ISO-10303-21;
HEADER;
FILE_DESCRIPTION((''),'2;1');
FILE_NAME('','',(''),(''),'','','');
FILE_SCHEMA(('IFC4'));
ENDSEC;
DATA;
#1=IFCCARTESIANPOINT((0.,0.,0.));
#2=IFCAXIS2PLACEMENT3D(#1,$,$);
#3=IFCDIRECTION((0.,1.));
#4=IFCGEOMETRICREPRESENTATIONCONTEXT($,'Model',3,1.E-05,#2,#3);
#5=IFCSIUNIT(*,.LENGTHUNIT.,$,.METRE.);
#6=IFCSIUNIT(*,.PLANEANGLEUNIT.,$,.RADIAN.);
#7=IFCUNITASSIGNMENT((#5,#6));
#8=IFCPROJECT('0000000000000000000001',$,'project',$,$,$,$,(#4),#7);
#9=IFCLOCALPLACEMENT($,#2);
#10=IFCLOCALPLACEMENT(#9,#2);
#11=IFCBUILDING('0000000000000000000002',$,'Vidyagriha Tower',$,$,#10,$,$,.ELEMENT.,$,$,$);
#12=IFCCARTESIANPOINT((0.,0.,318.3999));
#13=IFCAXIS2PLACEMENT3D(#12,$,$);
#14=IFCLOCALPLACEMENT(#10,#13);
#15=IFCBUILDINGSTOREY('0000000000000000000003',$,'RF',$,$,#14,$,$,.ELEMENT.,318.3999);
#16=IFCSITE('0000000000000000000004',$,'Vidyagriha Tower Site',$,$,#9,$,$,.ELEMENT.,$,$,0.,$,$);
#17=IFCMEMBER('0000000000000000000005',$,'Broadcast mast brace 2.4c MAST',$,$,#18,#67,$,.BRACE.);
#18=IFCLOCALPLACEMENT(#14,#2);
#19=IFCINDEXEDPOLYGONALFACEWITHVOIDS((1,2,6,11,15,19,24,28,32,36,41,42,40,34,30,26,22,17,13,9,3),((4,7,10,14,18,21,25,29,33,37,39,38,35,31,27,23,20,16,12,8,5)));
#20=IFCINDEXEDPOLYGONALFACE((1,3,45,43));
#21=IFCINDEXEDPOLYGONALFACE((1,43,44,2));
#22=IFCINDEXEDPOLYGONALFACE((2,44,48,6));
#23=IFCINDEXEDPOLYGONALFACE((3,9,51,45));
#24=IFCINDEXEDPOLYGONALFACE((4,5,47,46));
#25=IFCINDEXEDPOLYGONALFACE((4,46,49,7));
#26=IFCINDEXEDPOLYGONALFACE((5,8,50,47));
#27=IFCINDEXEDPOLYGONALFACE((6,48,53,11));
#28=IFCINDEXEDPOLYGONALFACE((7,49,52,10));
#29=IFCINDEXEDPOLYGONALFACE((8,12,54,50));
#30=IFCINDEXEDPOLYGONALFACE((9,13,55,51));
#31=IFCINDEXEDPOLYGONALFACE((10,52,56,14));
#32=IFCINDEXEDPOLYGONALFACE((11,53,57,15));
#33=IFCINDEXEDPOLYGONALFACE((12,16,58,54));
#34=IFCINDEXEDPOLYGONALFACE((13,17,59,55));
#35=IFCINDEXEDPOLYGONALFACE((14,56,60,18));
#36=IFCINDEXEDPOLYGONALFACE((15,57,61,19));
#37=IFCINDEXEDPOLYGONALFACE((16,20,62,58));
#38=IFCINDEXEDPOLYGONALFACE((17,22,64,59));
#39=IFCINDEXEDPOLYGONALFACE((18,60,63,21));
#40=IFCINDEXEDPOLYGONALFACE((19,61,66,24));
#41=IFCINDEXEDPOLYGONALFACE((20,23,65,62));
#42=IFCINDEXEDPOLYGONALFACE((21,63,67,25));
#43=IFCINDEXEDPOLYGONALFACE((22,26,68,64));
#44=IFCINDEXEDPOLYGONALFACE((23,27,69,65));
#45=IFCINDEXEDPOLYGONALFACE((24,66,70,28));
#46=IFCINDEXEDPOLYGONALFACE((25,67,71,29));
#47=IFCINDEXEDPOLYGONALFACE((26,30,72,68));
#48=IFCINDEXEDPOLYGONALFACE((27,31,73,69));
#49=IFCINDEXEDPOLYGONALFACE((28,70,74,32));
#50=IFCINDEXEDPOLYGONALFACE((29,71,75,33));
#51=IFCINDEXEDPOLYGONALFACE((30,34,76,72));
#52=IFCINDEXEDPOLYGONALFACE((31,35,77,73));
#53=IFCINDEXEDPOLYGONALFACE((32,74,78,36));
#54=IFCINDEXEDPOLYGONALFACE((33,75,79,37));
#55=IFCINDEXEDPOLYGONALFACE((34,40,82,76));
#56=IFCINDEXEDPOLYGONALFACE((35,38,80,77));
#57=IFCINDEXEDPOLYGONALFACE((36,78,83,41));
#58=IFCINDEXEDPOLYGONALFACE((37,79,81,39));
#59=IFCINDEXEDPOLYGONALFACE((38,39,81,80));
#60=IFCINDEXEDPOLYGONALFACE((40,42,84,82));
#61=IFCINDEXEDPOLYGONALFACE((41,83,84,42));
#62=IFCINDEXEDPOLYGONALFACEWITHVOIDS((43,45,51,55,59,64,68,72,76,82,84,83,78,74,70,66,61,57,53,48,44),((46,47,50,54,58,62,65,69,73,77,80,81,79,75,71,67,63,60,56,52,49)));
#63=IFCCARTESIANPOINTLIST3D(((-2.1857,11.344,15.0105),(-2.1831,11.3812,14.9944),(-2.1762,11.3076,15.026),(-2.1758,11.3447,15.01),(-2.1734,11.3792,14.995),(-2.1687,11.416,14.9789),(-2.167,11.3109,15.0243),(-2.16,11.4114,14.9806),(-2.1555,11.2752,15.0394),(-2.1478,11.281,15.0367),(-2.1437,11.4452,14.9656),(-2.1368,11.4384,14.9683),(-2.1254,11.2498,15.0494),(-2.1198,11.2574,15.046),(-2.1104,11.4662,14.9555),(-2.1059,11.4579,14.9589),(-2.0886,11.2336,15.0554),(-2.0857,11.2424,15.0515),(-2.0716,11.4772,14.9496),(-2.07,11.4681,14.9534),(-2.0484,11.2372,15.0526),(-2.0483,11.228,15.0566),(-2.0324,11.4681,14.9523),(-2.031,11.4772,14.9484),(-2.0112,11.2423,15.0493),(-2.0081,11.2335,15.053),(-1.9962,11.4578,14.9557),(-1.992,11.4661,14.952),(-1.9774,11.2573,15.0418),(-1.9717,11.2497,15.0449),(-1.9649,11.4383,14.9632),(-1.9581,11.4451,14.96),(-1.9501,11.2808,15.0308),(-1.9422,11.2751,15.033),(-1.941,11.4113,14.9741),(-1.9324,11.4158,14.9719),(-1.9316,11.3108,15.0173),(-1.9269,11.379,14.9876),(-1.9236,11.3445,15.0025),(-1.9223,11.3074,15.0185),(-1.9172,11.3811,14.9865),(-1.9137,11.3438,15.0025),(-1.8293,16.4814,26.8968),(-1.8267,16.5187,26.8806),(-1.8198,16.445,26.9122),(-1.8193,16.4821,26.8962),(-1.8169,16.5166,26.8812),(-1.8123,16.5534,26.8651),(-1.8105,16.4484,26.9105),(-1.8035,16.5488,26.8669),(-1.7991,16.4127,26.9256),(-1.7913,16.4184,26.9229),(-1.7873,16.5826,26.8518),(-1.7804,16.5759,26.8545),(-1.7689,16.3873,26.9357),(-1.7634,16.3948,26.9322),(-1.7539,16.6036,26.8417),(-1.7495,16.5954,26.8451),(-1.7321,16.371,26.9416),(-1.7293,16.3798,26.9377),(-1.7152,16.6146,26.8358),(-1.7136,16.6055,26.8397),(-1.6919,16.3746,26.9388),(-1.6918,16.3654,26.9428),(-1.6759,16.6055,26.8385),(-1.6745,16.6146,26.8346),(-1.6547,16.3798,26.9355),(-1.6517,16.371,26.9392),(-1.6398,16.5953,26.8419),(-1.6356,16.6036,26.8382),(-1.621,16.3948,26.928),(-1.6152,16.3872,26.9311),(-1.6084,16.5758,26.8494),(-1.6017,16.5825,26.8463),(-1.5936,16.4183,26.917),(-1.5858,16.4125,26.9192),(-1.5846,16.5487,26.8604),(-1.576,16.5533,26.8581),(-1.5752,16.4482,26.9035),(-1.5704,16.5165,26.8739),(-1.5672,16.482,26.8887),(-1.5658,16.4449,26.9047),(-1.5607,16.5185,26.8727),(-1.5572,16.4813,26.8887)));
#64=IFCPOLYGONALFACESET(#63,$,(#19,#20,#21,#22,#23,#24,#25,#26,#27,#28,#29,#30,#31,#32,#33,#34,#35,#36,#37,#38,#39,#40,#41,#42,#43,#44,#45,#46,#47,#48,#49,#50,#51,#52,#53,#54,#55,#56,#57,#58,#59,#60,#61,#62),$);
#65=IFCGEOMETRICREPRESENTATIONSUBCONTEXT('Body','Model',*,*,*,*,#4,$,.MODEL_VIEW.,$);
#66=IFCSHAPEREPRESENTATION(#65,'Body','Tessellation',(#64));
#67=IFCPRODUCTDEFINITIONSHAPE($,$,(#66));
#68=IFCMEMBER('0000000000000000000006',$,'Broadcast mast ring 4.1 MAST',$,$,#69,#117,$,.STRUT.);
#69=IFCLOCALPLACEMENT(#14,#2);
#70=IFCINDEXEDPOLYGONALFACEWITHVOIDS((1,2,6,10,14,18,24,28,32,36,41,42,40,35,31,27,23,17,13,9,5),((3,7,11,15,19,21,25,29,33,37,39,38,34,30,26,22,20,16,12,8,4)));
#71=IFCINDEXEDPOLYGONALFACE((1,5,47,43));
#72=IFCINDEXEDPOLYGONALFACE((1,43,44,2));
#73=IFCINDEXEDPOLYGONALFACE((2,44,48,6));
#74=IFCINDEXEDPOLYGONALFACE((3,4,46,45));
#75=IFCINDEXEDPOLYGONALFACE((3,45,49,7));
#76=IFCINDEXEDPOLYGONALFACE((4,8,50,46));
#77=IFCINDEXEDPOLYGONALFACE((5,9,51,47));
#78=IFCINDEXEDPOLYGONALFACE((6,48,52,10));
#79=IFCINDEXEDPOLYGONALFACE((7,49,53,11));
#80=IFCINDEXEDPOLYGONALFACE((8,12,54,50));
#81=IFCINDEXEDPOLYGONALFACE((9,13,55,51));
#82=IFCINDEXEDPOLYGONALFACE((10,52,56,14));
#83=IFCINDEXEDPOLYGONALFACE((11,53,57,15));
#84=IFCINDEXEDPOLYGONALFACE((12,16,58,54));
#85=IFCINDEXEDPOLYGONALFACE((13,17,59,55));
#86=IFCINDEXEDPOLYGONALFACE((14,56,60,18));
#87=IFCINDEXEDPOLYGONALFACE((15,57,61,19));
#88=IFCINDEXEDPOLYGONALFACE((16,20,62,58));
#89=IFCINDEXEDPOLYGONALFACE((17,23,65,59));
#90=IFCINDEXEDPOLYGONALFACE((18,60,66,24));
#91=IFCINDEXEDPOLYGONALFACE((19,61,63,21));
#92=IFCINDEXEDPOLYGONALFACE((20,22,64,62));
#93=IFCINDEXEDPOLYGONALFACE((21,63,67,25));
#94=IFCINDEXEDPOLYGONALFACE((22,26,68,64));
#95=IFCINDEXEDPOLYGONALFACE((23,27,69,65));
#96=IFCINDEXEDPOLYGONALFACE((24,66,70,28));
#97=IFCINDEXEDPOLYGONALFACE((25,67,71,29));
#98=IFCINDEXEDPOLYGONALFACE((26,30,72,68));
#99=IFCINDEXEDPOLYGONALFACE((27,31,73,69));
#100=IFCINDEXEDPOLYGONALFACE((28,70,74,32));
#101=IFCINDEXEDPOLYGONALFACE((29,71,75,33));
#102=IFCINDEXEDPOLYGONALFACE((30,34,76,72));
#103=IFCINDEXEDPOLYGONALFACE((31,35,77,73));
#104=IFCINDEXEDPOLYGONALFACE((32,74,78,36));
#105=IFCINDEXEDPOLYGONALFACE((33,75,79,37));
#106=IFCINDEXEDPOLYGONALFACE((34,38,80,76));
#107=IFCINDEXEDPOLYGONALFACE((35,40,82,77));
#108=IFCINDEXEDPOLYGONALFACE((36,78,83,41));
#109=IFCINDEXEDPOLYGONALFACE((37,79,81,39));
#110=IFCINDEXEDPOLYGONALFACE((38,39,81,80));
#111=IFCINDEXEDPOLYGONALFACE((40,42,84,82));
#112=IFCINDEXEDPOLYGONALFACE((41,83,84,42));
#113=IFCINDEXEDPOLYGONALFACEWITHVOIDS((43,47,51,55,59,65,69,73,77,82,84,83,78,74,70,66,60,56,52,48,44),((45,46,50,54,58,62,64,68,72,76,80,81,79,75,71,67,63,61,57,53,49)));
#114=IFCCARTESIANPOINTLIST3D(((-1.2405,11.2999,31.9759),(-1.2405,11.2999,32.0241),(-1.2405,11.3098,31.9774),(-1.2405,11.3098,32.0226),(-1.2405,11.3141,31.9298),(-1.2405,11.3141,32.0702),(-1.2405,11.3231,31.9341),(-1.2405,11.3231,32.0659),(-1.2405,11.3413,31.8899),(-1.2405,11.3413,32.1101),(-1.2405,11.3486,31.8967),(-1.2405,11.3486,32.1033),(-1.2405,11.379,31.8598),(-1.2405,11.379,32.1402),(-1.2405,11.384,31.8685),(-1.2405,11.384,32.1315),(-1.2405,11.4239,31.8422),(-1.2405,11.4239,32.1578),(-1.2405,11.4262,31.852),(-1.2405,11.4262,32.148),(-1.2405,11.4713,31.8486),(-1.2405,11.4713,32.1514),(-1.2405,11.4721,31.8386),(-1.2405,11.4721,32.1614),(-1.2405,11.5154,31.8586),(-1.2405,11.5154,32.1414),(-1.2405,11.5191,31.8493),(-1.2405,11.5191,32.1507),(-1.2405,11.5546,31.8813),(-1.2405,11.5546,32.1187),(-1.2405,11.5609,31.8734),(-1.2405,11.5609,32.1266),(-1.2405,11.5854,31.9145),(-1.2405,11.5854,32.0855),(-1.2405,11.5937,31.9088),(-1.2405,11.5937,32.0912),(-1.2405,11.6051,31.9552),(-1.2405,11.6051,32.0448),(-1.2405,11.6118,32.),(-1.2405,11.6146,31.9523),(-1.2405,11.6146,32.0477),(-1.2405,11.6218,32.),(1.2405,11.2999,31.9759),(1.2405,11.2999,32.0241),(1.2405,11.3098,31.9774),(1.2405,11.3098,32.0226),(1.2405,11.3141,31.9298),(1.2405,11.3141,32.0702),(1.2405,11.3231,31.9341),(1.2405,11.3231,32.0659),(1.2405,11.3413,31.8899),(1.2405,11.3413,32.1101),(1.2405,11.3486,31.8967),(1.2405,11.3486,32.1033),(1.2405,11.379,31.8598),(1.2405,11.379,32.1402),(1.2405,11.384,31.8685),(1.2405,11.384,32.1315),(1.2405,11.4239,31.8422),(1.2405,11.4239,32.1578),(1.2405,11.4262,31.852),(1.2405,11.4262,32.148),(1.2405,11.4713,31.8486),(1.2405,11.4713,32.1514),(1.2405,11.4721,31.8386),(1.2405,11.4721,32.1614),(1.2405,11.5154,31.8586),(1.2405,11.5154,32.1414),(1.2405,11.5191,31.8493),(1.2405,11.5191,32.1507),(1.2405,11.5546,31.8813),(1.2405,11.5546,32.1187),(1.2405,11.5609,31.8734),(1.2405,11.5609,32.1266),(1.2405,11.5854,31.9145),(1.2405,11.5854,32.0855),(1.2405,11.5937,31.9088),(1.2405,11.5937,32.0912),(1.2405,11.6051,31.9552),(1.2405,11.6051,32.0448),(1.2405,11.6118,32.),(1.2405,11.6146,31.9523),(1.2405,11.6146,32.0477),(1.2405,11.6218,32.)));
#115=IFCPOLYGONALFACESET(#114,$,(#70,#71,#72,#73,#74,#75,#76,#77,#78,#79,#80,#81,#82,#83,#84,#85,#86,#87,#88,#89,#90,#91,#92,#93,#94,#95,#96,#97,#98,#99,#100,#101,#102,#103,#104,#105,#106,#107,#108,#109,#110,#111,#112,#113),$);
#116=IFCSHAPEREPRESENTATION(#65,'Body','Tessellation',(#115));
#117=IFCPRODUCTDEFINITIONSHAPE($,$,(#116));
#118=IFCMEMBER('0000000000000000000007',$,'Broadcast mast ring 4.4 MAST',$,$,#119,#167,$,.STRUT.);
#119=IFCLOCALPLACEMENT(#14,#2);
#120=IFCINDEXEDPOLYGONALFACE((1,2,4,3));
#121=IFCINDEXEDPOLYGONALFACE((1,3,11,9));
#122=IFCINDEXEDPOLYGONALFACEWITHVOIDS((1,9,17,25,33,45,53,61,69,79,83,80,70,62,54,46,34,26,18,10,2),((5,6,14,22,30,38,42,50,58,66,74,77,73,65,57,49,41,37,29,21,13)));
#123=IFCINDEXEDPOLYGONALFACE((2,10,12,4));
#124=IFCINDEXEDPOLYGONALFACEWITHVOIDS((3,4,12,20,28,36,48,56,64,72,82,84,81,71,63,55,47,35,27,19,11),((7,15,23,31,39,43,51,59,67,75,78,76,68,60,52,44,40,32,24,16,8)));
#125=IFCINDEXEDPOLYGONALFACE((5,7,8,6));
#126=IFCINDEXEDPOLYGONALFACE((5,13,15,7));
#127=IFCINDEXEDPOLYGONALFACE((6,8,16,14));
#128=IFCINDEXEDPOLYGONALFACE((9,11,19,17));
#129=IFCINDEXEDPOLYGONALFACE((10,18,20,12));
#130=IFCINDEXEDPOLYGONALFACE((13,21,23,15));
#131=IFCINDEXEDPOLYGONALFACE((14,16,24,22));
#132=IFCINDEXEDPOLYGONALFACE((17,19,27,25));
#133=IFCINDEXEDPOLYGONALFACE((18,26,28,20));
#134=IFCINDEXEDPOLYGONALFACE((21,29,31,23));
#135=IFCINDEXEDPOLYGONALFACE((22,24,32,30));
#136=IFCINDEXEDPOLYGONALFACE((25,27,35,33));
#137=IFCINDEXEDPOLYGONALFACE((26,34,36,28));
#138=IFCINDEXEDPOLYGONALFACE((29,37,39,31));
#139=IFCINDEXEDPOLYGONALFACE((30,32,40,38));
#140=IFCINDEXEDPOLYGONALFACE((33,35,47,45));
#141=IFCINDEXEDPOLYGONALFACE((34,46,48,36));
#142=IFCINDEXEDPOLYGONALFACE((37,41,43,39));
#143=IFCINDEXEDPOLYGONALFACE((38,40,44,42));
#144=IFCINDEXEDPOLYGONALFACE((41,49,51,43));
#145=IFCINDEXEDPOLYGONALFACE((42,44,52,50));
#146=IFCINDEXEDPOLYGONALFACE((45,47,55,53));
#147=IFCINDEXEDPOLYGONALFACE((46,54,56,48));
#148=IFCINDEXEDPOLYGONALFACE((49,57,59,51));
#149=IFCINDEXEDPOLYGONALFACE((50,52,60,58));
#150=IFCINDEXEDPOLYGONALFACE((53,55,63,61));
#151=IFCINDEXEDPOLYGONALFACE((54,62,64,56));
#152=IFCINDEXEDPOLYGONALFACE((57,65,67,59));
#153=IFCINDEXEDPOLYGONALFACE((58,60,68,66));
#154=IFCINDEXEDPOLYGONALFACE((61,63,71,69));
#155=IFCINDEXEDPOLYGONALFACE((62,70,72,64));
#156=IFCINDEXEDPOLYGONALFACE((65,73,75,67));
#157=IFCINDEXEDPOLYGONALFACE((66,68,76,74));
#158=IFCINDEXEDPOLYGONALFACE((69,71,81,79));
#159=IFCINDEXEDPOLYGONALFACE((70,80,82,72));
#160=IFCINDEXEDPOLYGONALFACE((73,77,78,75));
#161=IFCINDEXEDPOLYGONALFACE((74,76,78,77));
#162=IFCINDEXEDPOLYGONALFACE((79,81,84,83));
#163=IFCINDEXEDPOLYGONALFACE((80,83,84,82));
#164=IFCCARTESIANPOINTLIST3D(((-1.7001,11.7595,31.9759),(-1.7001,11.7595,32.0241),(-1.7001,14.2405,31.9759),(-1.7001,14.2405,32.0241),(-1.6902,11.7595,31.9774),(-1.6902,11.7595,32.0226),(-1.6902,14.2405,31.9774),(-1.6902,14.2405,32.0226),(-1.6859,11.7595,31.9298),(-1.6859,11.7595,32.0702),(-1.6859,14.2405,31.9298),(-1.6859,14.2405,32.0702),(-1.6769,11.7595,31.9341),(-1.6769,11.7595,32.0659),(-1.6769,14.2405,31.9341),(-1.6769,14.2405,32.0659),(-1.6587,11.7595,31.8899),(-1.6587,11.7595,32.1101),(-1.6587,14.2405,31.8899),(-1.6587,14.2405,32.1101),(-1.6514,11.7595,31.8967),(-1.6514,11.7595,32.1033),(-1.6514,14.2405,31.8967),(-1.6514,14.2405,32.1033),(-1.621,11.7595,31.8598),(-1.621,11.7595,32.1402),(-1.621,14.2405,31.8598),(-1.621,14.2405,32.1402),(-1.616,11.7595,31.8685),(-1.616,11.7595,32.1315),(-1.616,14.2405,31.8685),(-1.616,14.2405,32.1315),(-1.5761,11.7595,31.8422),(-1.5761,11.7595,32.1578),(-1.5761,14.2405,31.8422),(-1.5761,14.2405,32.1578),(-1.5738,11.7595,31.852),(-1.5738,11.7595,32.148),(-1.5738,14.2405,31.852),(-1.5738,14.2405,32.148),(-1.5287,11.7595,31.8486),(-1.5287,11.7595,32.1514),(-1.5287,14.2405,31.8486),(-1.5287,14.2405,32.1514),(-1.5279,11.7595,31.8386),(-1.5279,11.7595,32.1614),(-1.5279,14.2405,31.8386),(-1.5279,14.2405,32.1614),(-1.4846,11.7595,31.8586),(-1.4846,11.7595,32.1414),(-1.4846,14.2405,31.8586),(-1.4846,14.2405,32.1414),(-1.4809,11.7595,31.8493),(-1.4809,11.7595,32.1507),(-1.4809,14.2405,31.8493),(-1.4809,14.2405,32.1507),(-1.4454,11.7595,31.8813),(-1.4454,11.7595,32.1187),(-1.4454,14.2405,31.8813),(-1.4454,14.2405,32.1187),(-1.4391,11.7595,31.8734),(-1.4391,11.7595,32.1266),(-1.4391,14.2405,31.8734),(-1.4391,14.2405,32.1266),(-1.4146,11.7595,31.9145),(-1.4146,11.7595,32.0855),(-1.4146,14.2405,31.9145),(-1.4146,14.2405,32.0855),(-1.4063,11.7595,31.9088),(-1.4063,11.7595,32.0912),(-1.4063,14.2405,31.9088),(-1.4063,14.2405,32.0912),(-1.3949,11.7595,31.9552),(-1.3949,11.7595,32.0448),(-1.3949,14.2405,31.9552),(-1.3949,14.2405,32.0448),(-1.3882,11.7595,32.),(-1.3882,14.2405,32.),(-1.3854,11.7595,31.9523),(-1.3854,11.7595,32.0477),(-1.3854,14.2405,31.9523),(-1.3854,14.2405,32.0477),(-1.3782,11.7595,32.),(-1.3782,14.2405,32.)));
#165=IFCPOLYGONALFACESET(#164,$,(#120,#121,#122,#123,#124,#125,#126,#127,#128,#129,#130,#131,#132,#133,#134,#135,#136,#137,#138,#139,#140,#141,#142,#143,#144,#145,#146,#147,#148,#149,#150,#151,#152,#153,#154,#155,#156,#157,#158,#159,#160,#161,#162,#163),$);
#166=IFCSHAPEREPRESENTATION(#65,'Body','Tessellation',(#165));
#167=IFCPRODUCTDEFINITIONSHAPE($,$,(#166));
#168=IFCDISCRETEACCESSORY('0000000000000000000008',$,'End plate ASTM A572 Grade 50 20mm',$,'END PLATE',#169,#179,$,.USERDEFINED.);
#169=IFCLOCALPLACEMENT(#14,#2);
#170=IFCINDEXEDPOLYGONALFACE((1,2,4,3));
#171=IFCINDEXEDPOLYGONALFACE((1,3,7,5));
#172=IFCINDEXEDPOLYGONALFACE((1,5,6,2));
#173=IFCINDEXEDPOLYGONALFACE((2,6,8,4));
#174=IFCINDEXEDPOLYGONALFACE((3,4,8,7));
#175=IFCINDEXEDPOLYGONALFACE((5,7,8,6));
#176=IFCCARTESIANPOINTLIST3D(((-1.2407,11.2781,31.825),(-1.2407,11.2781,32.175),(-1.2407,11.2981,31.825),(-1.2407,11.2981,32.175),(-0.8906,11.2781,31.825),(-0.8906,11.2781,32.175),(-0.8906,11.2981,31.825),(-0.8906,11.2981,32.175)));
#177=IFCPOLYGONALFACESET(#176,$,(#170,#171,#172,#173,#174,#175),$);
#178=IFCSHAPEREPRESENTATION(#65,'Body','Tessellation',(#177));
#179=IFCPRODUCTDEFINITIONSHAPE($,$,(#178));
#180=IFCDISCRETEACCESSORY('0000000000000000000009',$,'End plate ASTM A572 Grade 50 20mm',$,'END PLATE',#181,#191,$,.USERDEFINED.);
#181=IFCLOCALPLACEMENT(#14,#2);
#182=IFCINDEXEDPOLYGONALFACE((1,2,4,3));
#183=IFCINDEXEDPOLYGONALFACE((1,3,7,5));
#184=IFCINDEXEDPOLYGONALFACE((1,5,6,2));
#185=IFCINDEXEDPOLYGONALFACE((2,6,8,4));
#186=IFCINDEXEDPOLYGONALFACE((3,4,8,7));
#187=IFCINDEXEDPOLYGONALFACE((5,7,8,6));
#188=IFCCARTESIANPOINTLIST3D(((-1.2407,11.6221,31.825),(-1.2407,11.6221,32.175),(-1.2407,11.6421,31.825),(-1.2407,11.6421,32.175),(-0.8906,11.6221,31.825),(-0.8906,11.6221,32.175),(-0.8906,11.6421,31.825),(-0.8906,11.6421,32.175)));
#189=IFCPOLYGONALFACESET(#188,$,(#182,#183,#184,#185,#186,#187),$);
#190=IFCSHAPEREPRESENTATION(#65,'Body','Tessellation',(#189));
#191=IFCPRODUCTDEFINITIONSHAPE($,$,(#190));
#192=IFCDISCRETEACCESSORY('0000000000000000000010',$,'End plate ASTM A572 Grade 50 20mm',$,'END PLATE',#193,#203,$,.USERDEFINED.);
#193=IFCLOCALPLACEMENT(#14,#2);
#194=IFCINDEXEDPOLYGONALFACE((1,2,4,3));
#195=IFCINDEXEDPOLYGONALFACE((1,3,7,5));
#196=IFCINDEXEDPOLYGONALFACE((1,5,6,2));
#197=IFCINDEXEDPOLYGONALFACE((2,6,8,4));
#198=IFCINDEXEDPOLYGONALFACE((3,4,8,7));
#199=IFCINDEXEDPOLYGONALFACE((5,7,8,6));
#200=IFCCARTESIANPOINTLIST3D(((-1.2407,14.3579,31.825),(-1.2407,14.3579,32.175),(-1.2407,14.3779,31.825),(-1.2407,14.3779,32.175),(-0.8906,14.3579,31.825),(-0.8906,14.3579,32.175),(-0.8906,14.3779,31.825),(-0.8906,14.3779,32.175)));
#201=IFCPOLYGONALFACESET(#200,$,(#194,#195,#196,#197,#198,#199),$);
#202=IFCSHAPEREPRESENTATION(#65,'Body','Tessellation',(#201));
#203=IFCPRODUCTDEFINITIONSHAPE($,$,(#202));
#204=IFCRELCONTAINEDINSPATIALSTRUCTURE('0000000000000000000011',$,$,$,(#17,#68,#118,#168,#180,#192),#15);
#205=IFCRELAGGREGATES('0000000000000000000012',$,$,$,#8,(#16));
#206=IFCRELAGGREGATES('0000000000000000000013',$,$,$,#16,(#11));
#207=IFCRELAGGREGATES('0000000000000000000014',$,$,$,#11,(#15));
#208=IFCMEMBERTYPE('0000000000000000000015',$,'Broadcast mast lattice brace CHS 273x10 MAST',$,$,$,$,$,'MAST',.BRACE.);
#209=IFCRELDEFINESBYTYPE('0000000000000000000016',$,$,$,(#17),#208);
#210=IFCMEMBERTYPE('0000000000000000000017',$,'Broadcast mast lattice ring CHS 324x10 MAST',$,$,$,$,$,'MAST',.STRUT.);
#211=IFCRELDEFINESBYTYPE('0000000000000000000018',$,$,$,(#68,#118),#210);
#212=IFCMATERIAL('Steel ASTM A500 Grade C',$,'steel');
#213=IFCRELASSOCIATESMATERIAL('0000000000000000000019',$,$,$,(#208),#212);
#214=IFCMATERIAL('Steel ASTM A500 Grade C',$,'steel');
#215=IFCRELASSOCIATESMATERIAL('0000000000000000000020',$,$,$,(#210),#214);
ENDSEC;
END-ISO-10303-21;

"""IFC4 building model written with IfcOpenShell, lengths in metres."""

from ifc_helpers import new_model, si_unit, direction, frame, origin, origin_2d, place, context, subcontext, project, spatial, rectangle, hollow_circle, extrude, material, material_profile, profile_set, type_object, element, save


model = new_model("IFC4")

# Units and contexts
model_context = context("Model", 3, precision=1e-05, world=origin(), true_north=direction((0.0, 1.0)))
body_context = subcontext(model_context, "Body", "Model", "MODEL_VIEW")
ifc_project = project(units=[si_unit("LENGTHUNIT", "METRE"), si_unit("PLANEANGLEUNIT", "RADIAN")], contexts=[model_context])

# Site, building, storey
site_placement = place(None, origin())
site = spatial("IfcSite", under=ifc_project, at=site_placement, Name="Vidyagriha Tower Site", CompositionType="ELEMENT", RefElevation=0.0)
building_placement = place(site_placement, origin())
building = spatial("IfcBuilding", under=site, at=building_placement, Name="Vidyagriha Tower", CompositionType="ELEMENT")
storey_placement = place(building_placement, frame((0.0, 0.0, 318.3999)))
storey = spatial("IfcBuildingStorey", under=building, at=storey_placement, Name="RF", CompositionType="ELEMENT", Elevation=318.3999)

# Members
ifc_material_1 = material(Name="Steel ASTM A500 Grade C", Category="steel")
ifc_material_profile_1 = material_profile(ifc_material_1, hollow_circle(Radius=0.1365, WallThickness=0.01, at=origin_2d()), Name="Broadcast mast lattice brace CHS 273x10 MAST")
ifc_profile_set_1 = profile_set([ifc_material_profile_1], Name="Steel ASTM A500 Grade C")
member_type_1 = type_object("IfcMemberType", Name="Broadcast mast lattice brace CHS 273x10 MAST", ElementType="MAST", PredefinedType="BRACE", material=ifc_profile_set_1)
for number, where, z_axis, x_axis, name in (
    (1, (-1.6934, 16.4907, 26.8887), (-0.027516, -0.396596, -0.917581), (0.997602, -0.069215, 0.0), "Broadcast mast brace 2.4c MAST"),
):
    element("IfcMember", number, at=place(storey_placement, frame(where, z_axis=z_axis, x_axis=x_axis)), inside=storey, type_object=member_type_1, Name=name, PredefinedType="BRACE", context=body_context, shape_type="SweptSolid", body=[
        extrude(hollow_circle(Radius=0.1365, WallThickness=0.01, at=origin_2d()), origin(), (0.0, 0.0, 1.0), 12.9539),
    ])
ifc_material_2 = material(Name="Steel ASTM A500 Grade C", Category="steel")
ifc_material_profile_2 = material_profile(ifc_material_2, hollow_circle(Radius=0.1619, WallThickness=0.01, at=origin_2d()), Name="Broadcast mast lattice ring CHS 324x10 MAST")
ifc_profile_set_2 = profile_set([ifc_material_profile_2], Name="Steel ASTM A500 Grade C")
member_type_2 = type_object("IfcMemberType", Name="Broadcast mast lattice ring CHS 324x10 MAST", ElementType="MAST", PredefinedType="STRUT", material=ifc_profile_set_2)
for number, where, z_axis, x_axis, name in (
    (2, (-1.2405, 11.46, 32.0), (1.0, 0.0, 0.0), (0.0, 1.0, 0.0), "Broadcast mast ring 4.1 MAST"),
    (3, (-1.54, 14.2405, 32.0), (0.0, -1.0, 0.0), (1.0, 0.0, 0.0), "Broadcast mast ring 4.4 MAST"),
):
    element("IfcMember", number, at=place(storey_placement, frame(where, z_axis=z_axis, x_axis=x_axis)), inside=storey, type_object=member_type_2, Name=name, PredefinedType="STRUT", context=body_context, shape_type="SweptSolid", body=[
        extrude(hollow_circle(Radius=0.1619, WallThickness=0.01, at=origin_2d()), origin(), (0.0, 0.0, 1.0), 2.481),
    ])

# Discrete accessories
for number, where, z_axis, x_axis, name in (
    (4, (-1.0657, 11.2881, 31.825), (0.0, 0.0, 1.0), (-1.0, 0.0, 0.0), "End plate ASTM A572 Grade 50 20mm"),
    (5, (-1.0657, 11.6321, 31.825), (0.0, 0.0, 1.0), (-1.0, 0.0, 0.0), "End plate ASTM A572 Grade 50 20mm"),
    (6, (-1.0657, 14.3679, 31.825), (0.0, 0.0, 1.0), (-1.0, 0.0, 0.0), "End plate ASTM A572 Grade 50 20mm"),
):
    element("IfcDiscreteAccessory", number, at=place(storey_placement, frame(where, z_axis=z_axis, x_axis=x_axis)), inside=storey, Name=name, ObjectType="END PLATE", PredefinedType="USERDEFINED", context=body_context, shape_type="SweptSolid", body=[
        extrude(rectangle(XDim=0.3501, YDim=0.02, at=origin_2d()), origin(), (0.0, 0.0, 1.0), 0.3501),
    ])

save(model, "model.ifc")
